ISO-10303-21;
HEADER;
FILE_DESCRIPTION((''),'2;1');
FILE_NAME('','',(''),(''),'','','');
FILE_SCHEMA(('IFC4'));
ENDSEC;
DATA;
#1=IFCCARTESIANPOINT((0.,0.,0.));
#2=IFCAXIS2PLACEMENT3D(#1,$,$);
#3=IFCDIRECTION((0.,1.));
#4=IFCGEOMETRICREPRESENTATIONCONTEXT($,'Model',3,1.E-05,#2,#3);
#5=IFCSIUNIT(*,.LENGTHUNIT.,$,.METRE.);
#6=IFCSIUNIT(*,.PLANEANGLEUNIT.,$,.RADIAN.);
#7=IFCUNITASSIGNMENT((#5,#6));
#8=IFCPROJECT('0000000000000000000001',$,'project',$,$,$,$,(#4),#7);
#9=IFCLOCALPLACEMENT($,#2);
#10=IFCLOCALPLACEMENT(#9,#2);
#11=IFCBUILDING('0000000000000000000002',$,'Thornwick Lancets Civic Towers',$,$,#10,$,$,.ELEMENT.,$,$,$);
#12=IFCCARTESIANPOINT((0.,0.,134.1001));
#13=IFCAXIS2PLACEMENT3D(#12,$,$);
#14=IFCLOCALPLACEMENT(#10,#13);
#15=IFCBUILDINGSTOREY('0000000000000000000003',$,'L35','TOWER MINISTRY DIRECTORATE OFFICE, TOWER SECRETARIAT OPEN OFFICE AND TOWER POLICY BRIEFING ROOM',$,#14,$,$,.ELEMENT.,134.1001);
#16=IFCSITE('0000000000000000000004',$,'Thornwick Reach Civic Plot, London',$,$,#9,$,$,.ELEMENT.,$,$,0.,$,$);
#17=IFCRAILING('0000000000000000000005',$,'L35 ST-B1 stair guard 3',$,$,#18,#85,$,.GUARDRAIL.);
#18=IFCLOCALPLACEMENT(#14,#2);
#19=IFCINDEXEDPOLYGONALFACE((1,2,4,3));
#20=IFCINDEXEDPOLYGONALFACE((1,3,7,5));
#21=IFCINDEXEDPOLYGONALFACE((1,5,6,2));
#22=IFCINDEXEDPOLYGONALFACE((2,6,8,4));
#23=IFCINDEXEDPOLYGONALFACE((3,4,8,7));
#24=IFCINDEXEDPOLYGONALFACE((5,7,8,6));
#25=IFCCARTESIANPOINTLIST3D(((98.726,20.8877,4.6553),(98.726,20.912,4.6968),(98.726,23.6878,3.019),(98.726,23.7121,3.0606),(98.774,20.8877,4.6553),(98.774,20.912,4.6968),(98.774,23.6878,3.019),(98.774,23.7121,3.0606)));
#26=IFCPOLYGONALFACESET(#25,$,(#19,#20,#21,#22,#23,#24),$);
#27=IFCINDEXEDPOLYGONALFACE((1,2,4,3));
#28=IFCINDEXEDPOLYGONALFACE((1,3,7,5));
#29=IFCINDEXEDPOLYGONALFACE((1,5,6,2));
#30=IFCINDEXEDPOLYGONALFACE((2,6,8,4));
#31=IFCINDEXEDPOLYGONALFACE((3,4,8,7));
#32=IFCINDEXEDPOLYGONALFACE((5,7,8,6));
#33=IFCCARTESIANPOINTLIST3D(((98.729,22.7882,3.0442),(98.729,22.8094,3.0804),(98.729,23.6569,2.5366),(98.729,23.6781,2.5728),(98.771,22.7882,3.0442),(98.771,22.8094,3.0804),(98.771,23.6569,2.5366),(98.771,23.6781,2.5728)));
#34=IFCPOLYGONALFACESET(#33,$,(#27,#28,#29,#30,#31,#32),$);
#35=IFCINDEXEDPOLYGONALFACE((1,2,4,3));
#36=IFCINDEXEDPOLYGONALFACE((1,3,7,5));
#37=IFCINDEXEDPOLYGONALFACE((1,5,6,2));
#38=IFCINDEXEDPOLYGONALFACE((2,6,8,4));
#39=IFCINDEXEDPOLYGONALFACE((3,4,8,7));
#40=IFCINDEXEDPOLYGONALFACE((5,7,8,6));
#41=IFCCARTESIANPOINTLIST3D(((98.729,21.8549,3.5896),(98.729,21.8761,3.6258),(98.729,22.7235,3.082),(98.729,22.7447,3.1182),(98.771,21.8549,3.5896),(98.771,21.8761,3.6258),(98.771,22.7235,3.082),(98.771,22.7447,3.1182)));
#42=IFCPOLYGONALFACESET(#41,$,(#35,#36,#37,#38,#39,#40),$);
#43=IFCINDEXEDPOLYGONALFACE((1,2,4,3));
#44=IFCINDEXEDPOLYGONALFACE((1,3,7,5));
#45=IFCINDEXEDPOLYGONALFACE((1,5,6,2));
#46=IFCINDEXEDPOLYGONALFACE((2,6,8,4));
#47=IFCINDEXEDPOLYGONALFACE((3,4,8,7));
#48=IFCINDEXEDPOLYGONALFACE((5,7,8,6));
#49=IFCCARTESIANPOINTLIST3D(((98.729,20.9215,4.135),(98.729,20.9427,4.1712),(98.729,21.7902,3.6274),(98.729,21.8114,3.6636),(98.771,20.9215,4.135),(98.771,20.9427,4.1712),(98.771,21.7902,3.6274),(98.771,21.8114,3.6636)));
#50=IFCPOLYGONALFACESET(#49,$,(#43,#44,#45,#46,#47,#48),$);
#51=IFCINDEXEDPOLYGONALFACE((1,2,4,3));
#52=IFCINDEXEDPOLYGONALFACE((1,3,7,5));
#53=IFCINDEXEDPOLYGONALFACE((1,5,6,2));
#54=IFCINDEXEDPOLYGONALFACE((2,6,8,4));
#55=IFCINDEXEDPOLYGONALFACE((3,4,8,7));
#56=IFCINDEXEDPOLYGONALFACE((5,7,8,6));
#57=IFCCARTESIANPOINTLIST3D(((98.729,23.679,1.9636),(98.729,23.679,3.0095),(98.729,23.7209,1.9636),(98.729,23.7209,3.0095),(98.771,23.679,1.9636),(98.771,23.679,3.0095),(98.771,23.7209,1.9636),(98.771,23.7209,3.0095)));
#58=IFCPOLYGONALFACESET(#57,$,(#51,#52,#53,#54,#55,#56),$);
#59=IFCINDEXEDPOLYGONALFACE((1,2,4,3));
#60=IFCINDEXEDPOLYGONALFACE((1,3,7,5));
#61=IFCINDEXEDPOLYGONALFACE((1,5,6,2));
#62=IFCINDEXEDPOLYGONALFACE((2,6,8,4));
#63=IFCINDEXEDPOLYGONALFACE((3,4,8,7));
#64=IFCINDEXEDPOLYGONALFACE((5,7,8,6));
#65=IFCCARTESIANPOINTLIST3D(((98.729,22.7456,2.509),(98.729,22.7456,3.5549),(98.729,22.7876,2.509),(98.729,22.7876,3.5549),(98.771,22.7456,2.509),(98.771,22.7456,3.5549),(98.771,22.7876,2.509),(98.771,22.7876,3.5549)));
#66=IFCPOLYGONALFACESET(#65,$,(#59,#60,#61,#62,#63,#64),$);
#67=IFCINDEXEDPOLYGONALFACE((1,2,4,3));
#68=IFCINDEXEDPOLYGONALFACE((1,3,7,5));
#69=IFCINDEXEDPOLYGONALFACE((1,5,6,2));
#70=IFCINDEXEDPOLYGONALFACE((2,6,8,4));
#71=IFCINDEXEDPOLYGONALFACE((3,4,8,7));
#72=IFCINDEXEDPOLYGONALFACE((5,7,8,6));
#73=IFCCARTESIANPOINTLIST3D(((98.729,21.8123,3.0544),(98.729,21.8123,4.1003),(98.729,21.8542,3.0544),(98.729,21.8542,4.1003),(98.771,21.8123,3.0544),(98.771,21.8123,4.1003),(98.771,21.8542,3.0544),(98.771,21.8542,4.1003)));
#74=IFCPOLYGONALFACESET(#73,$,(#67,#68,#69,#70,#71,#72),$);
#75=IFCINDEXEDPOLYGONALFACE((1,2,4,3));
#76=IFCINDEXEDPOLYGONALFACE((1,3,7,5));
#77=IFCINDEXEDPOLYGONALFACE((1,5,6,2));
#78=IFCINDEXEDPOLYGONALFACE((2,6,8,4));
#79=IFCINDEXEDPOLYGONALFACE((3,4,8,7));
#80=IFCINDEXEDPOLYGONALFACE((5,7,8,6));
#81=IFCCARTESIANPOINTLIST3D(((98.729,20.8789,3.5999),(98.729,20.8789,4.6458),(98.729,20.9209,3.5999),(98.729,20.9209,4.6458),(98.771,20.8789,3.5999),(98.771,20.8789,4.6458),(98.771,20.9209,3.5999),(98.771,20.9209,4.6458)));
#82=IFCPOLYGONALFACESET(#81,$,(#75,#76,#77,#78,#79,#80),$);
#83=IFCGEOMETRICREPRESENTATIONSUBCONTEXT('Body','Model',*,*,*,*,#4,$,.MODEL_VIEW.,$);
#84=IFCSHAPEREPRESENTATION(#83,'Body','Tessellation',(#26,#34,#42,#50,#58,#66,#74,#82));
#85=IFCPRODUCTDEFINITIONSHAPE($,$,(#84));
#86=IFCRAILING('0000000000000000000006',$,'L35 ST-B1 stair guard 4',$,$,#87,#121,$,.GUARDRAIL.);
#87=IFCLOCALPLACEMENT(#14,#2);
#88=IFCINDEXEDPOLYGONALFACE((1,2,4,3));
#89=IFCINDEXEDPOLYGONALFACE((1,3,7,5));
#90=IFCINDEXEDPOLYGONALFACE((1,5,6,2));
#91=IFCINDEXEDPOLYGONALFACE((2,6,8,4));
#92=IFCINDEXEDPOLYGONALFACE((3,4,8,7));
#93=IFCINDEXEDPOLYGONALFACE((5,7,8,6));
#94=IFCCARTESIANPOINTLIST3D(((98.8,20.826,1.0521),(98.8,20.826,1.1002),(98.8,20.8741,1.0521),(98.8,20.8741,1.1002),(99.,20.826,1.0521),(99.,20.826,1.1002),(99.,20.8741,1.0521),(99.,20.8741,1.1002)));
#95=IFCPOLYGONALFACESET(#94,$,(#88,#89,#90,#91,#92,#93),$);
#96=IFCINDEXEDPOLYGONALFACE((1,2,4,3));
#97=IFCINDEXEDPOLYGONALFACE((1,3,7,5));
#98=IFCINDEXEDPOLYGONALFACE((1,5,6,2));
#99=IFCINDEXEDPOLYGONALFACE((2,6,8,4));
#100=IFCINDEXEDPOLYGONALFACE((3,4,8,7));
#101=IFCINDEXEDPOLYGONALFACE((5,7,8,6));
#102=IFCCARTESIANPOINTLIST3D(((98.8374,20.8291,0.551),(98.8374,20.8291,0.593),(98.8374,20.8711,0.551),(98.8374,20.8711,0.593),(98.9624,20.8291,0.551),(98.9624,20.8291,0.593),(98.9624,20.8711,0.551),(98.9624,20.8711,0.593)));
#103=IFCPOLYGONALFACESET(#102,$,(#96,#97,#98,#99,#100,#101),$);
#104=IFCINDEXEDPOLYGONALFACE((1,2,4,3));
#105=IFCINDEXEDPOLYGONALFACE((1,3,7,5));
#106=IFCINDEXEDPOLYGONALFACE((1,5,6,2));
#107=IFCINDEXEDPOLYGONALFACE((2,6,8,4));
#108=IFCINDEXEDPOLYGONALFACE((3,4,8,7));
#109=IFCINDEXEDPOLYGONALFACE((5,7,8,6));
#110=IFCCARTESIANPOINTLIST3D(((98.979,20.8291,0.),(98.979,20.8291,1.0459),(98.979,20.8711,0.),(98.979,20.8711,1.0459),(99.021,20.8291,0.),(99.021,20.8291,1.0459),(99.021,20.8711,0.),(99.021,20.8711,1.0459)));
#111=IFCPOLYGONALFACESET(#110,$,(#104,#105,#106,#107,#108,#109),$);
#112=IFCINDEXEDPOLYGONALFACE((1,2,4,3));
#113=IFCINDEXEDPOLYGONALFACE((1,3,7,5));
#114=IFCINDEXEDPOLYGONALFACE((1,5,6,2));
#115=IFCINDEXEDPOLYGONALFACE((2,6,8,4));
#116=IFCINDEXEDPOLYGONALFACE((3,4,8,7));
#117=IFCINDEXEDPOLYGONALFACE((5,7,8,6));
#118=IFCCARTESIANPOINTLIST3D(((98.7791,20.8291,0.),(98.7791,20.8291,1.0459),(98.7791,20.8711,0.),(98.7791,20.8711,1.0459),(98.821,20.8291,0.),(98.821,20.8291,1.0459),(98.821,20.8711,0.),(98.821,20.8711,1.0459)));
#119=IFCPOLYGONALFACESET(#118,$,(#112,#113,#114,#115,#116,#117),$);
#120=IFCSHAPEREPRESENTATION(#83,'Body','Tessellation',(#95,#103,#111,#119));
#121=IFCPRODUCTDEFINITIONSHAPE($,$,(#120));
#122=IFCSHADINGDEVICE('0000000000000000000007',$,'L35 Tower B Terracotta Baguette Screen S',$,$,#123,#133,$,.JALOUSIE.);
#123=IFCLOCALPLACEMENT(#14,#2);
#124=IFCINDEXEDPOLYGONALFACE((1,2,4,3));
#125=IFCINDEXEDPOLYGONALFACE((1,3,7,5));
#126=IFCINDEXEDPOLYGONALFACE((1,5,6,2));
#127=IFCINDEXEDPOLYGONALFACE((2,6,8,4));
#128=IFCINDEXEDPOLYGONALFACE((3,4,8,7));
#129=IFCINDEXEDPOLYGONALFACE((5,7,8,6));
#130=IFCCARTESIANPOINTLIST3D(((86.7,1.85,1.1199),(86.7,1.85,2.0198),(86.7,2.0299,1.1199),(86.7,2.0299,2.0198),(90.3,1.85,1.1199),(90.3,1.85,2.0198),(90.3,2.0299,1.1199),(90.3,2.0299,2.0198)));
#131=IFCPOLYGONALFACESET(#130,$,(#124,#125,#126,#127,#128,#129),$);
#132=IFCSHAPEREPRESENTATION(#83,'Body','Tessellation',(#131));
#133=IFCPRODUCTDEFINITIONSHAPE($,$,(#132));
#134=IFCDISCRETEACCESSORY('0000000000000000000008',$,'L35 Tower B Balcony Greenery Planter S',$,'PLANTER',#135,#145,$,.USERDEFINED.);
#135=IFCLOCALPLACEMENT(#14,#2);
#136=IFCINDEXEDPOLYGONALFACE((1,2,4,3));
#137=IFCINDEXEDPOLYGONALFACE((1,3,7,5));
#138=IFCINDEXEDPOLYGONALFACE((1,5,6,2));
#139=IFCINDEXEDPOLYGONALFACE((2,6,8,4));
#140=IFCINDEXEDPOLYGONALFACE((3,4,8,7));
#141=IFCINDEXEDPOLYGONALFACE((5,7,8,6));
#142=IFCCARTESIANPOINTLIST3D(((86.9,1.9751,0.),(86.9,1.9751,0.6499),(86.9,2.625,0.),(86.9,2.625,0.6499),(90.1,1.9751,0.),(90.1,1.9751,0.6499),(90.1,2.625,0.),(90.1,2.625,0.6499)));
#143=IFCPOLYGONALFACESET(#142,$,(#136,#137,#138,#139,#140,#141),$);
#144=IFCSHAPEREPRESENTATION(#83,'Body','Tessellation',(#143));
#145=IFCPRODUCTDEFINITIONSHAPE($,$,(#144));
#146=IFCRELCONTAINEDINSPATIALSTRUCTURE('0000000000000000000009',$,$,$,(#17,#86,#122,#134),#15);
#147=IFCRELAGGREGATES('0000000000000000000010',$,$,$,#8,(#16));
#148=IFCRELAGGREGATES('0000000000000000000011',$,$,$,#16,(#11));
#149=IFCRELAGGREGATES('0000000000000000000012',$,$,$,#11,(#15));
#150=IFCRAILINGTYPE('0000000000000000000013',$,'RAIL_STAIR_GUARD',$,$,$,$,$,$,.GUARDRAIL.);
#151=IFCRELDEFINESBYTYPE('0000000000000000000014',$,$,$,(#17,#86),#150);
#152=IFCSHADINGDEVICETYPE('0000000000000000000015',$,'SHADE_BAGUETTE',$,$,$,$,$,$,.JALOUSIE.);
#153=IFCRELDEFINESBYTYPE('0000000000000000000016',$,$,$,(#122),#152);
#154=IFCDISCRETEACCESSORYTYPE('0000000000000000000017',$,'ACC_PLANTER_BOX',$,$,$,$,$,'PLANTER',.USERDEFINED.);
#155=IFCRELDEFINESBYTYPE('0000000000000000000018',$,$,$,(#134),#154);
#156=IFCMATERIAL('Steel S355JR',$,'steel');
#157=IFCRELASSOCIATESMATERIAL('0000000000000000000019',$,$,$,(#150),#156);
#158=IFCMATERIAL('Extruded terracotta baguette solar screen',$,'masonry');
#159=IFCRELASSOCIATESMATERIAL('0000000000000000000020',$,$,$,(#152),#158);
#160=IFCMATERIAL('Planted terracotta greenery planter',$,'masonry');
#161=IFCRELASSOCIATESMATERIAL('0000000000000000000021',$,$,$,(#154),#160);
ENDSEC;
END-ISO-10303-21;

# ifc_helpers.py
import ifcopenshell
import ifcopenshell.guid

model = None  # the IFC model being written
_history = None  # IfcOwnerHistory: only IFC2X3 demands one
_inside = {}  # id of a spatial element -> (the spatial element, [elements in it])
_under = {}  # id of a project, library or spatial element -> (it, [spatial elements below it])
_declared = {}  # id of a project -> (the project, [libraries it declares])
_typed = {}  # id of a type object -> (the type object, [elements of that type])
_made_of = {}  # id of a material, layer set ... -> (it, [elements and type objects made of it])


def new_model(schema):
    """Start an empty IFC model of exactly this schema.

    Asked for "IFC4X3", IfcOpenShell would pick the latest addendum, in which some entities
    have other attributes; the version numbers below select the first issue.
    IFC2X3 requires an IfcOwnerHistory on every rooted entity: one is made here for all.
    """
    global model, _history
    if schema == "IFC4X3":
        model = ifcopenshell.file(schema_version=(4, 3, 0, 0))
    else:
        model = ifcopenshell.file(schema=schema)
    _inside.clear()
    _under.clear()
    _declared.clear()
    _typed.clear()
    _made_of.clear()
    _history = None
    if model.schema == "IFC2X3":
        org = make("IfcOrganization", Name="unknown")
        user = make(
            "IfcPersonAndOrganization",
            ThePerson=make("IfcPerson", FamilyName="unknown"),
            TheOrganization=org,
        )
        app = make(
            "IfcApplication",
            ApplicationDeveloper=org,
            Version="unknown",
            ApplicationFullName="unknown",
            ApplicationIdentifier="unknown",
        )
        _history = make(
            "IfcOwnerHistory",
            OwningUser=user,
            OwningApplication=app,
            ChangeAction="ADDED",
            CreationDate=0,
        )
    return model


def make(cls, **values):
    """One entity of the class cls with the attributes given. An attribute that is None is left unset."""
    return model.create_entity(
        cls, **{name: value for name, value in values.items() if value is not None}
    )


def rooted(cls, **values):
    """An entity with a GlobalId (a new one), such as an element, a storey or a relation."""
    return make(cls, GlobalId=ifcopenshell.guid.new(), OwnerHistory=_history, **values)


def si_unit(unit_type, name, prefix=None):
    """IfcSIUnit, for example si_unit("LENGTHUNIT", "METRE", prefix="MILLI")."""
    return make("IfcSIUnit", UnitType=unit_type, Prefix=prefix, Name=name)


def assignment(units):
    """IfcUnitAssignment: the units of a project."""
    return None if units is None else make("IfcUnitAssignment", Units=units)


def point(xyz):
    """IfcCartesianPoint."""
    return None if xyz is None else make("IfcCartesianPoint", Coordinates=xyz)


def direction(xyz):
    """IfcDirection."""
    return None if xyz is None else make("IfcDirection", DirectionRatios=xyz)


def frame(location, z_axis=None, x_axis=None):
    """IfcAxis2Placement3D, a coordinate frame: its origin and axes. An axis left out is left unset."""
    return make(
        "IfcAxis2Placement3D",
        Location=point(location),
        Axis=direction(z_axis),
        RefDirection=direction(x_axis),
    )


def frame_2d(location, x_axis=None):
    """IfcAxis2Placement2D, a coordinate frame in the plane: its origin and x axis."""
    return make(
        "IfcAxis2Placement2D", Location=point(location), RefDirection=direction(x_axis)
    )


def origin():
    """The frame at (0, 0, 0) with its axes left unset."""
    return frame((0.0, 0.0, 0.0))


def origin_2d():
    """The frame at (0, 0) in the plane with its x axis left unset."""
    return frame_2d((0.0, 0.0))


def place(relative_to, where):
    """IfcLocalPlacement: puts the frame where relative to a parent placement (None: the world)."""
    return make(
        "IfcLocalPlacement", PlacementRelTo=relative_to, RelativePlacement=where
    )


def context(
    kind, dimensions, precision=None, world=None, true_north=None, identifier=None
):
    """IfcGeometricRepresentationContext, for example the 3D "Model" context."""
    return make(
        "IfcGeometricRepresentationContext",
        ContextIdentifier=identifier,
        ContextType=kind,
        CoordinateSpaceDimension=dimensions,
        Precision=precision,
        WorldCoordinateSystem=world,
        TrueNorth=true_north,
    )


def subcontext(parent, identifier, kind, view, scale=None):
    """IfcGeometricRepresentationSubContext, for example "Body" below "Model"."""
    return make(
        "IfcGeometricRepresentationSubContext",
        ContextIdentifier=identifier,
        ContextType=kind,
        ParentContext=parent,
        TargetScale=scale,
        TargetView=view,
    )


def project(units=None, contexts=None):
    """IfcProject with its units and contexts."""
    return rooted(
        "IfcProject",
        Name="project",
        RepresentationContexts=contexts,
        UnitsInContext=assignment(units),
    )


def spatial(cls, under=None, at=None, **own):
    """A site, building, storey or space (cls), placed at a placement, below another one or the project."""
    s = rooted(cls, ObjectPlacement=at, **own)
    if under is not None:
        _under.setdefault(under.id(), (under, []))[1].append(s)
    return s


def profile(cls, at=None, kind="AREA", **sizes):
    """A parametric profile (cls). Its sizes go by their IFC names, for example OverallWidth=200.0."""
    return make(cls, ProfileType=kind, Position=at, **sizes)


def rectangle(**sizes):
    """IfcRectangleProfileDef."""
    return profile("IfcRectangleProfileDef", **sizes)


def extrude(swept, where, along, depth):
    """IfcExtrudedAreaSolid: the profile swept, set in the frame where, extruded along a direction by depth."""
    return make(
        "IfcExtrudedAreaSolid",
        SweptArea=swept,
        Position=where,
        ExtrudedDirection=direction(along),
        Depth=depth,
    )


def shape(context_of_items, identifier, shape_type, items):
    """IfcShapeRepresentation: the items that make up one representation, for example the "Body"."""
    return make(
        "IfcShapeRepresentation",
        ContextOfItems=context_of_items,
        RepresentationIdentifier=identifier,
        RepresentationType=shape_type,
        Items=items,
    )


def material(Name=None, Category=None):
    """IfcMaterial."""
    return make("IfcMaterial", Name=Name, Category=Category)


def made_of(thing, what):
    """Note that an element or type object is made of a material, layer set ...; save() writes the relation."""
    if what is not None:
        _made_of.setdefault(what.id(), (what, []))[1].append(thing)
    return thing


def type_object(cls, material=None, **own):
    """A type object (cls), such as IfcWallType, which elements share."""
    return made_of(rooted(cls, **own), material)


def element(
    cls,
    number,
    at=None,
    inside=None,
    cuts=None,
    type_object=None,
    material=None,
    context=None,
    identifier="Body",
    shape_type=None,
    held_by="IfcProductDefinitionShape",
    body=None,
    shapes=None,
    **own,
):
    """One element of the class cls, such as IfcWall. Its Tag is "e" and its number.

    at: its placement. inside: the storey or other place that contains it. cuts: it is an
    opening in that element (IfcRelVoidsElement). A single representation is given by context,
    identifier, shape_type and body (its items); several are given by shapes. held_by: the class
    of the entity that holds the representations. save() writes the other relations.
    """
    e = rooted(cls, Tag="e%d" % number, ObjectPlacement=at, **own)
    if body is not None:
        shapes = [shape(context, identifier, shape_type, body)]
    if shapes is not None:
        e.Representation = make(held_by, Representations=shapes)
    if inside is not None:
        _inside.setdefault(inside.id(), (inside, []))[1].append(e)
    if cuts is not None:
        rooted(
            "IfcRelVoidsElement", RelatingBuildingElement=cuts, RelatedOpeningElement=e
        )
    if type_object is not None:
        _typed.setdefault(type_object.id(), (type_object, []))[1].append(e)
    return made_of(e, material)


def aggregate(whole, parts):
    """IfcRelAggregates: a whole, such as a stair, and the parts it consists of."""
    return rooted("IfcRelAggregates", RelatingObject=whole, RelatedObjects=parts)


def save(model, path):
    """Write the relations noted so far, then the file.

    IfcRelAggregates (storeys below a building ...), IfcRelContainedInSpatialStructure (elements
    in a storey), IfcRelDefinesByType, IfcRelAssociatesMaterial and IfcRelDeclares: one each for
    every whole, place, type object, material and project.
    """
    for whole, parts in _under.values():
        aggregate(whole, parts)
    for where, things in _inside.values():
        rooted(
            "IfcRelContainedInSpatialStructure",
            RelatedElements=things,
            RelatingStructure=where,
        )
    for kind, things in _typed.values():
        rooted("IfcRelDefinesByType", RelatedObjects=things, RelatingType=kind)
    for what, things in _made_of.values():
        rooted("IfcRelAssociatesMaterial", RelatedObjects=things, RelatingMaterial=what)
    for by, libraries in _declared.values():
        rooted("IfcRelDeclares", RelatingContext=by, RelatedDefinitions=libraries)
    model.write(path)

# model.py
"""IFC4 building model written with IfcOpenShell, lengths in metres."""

from ifc_helpers import new_model, si_unit, direction, frame, origin, origin_2d, place, context, subcontext, project, spatial, rectangle, extrude, material, type_object, element, save


model = new_model("IFC4")

# Units and contexts
model_context = context("Model", 3, precision=1e-05, world=origin(), true_north=direction((0.0, 1.0)))
body_context = subcontext(model_context, "Body", "Model", "MODEL_VIEW")
ifc_project = project(units=[si_unit("LENGTHUNIT", "METRE"), si_unit("PLANEANGLEUNIT", "RADIAN")], contexts=[model_context])

# Site, building, storey
site_placement = place(None, origin())
site = spatial("IfcSite", under=ifc_project, at=site_placement, Name="Thornwick Reach Civic Plot, London", CompositionType="ELEMENT", RefElevation=0.0)
building_placement = place(site_placement, origin())
building = spatial("IfcBuilding", under=site, at=building_placement, Name="Thornwick Lancets Civic Towers", CompositionType="ELEMENT")
storey_placement = place(building_placement, frame((0.0, 0.0, 134.1001)))
storey = spatial("IfcBuildingStorey", under=building, at=storey_placement, Name="L35", Description="TOWER MINISTRY DIRECTORATE OFFICE, TOWER SECRETARIAT OPEN OFFICE AND TOWER POLICY BRIEFING ROOM", CompositionType="ELEMENT", Elevation=134.1001)

# Shared definitions
ifc_material_1 = material(Name="Steel S355JR", Category="steel")

# Railings
railing_type_1 = type_object("IfcRailingType", Name="RAIL_STAIR_GUARD", PredefinedType="GUARDRAIL", material=ifc_material_1)
railing_1_placement = place(storey_placement, frame((98.75, 23.7, 1.9636)))
element("IfcRailing", 1, at=railing_1_placement, inside=storey, type_object=railing_type_1, Name="L35 ST-B1 stair guard 3", PredefinedType="GUARDRAIL", context=body_context, shape_type="SweptSolid", body=[
    extrude(rectangle(XDim=0.0481, YDim=0.0481, at=origin_2d()), frame((0.0, 0.0, 1.0762), z_axis=(0.0, -0.863394, 0.504531), x_axis=(1.0, 0.0, 0.0)), (0.0, 0.0, 1.0), 3.2432),
    extrude(rectangle(XDim=0.042, YDim=0.042, at=origin_2d()), frame((0.0, -0.0325, 0.5911), z_axis=(0.0, -0.863394, 0.504531), x_axis=(1.0, 0.0, 0.0)), (0.0, 0.0, 1.0), 1.0061),
    extrude(rectangle(XDim=0.042, YDim=0.042, at=origin_2d()), frame((0.0, -0.9658, 1.1365), z_axis=(0.0, -0.863394, 0.504531), x_axis=(1.0, 0.0, 0.0)), (0.0, 0.0, 1.0), 1.0061),
    extrude(rectangle(XDim=0.042, YDim=0.042, at=origin_2d()), frame((0.0, -1.8992, 1.6819), z_axis=(0.0, -0.863394, 0.504531), x_axis=(1.0, 0.0, 0.0)), (0.0, 0.0, 1.0), 1.0061),
    extrude(rectangle(XDim=0.042, YDim=0.042, at=origin_2d()), origin(), (0.0, 0.0, 1.0), 1.0459),
    extrude(rectangle(XDim=0.042, YDim=0.042, at=origin_2d()), frame((0.0, -0.9333, 0.5454)), (0.0, 0.0, 1.0), 1.0459),
    extrude(rectangle(XDim=0.042, YDim=0.042, at=origin_2d()), frame((0.0, -1.8667, 1.0908)), (0.0, 0.0, 1.0), 1.0459),
    extrude(rectangle(XDim=0.042, YDim=0.042, at=origin_2d()), frame((0.0, -2.8, 1.6362)), (0.0, 0.0, 1.0), 1.0459),
])
railing_2_placement = place(storey_placement, frame((99.0, 20.8501, 0.0)))
element("IfcRailing", 2, at=railing_2_placement, inside=storey, type_object=railing_type_1, Name="L35 ST-B1 stair guard 4", PredefinedType="GUARDRAIL", context=body_context, shape_type="SweptSolid", body=[
    extrude(rectangle(XDim=0.0481, YDim=0.0481, at=origin_2d()), frame((0.0, 0.0, 1.0762), z_axis=(-1.0, 0.0, 0.0), x_axis=(0.0, -1.0, 0.0)), (0.0, 0.0, 1.0), 0.2),
    extrude(rectangle(XDim=0.042, YDim=0.042, at=origin_2d()), frame((-0.0376, 0.0, 0.572), z_axis=(-1.0, 0.0, 0.0), x_axis=(0.0, -1.0, 0.0)), (0.0, 0.0, 1.0), 0.125),
    extrude(rectangle(XDim=0.042, YDim=0.042, at=origin_2d()), origin(), (0.0, 0.0, 1.0), 1.0459),
    extrude(rectangle(XDim=0.042, YDim=0.042, at=origin_2d()), frame((-0.2, 0.0, 0.0)), (0.0, 0.0, 1.0), 1.0459),
])

# Shading device
ifc_material_2 = material(Name="Extruded terracotta baguette solar screen", Category="masonry")
shading_device_type = type_object("IfcShadingDeviceType", Name="SHADE_BAGUETTE", PredefinedType="JALOUSIE", material=ifc_material_2)
shading_device_placement = place(storey_placement, frame((88.5, 1.9399, 1.1199), z_axis=(0.0, 0.0, 1.0), x_axis=(1.0, 0.0, 0.0)))
element("IfcShadingDevice", 3, at=shading_device_placement, inside=storey, type_object=shading_device_type, Name="L35 Tower B Terracotta Baguette Screen S", PredefinedType="JALOUSIE", context=body_context, shape_type="SweptSolid", body=[
    extrude(rectangle(XDim=3.6001, YDim=0.1799, at=origin_2d()), origin(), (0.0, 0.0, 1.0), 0.8999),
])

# Discrete accessory
ifc_material_3 = material(Name="Planted terracotta greenery planter", Category="masonry")
discrete_accessory_type = type_object("IfcDiscreteAccessoryType", Name="ACC_PLANTER_BOX", ElementType="PLANTER", PredefinedType="USERDEFINED", material=ifc_material_3)
discrete_accessory_placement = place(storey_placement, frame((88.5, 2.3, 0.0), z_axis=(0.0, 0.0, 1.0), x_axis=(1.0, 0.0, 0.0)))
element("IfcDiscreteAccessory", 4, at=discrete_accessory_placement, inside=storey, type_object=discrete_accessory_type, Name="L35 Tower B Balcony Greenery Planter S", ObjectType="PLANTER", PredefinedType="USERDEFINED", context=body_context, shape_type="SweptSolid", body=[
    extrude(rectangle(XDim=3.2, YDim=0.6499, at=origin_2d()), origin(), (0.0, 0.0, 1.0), 0.6499),
])

save(model, "model.ifc")
